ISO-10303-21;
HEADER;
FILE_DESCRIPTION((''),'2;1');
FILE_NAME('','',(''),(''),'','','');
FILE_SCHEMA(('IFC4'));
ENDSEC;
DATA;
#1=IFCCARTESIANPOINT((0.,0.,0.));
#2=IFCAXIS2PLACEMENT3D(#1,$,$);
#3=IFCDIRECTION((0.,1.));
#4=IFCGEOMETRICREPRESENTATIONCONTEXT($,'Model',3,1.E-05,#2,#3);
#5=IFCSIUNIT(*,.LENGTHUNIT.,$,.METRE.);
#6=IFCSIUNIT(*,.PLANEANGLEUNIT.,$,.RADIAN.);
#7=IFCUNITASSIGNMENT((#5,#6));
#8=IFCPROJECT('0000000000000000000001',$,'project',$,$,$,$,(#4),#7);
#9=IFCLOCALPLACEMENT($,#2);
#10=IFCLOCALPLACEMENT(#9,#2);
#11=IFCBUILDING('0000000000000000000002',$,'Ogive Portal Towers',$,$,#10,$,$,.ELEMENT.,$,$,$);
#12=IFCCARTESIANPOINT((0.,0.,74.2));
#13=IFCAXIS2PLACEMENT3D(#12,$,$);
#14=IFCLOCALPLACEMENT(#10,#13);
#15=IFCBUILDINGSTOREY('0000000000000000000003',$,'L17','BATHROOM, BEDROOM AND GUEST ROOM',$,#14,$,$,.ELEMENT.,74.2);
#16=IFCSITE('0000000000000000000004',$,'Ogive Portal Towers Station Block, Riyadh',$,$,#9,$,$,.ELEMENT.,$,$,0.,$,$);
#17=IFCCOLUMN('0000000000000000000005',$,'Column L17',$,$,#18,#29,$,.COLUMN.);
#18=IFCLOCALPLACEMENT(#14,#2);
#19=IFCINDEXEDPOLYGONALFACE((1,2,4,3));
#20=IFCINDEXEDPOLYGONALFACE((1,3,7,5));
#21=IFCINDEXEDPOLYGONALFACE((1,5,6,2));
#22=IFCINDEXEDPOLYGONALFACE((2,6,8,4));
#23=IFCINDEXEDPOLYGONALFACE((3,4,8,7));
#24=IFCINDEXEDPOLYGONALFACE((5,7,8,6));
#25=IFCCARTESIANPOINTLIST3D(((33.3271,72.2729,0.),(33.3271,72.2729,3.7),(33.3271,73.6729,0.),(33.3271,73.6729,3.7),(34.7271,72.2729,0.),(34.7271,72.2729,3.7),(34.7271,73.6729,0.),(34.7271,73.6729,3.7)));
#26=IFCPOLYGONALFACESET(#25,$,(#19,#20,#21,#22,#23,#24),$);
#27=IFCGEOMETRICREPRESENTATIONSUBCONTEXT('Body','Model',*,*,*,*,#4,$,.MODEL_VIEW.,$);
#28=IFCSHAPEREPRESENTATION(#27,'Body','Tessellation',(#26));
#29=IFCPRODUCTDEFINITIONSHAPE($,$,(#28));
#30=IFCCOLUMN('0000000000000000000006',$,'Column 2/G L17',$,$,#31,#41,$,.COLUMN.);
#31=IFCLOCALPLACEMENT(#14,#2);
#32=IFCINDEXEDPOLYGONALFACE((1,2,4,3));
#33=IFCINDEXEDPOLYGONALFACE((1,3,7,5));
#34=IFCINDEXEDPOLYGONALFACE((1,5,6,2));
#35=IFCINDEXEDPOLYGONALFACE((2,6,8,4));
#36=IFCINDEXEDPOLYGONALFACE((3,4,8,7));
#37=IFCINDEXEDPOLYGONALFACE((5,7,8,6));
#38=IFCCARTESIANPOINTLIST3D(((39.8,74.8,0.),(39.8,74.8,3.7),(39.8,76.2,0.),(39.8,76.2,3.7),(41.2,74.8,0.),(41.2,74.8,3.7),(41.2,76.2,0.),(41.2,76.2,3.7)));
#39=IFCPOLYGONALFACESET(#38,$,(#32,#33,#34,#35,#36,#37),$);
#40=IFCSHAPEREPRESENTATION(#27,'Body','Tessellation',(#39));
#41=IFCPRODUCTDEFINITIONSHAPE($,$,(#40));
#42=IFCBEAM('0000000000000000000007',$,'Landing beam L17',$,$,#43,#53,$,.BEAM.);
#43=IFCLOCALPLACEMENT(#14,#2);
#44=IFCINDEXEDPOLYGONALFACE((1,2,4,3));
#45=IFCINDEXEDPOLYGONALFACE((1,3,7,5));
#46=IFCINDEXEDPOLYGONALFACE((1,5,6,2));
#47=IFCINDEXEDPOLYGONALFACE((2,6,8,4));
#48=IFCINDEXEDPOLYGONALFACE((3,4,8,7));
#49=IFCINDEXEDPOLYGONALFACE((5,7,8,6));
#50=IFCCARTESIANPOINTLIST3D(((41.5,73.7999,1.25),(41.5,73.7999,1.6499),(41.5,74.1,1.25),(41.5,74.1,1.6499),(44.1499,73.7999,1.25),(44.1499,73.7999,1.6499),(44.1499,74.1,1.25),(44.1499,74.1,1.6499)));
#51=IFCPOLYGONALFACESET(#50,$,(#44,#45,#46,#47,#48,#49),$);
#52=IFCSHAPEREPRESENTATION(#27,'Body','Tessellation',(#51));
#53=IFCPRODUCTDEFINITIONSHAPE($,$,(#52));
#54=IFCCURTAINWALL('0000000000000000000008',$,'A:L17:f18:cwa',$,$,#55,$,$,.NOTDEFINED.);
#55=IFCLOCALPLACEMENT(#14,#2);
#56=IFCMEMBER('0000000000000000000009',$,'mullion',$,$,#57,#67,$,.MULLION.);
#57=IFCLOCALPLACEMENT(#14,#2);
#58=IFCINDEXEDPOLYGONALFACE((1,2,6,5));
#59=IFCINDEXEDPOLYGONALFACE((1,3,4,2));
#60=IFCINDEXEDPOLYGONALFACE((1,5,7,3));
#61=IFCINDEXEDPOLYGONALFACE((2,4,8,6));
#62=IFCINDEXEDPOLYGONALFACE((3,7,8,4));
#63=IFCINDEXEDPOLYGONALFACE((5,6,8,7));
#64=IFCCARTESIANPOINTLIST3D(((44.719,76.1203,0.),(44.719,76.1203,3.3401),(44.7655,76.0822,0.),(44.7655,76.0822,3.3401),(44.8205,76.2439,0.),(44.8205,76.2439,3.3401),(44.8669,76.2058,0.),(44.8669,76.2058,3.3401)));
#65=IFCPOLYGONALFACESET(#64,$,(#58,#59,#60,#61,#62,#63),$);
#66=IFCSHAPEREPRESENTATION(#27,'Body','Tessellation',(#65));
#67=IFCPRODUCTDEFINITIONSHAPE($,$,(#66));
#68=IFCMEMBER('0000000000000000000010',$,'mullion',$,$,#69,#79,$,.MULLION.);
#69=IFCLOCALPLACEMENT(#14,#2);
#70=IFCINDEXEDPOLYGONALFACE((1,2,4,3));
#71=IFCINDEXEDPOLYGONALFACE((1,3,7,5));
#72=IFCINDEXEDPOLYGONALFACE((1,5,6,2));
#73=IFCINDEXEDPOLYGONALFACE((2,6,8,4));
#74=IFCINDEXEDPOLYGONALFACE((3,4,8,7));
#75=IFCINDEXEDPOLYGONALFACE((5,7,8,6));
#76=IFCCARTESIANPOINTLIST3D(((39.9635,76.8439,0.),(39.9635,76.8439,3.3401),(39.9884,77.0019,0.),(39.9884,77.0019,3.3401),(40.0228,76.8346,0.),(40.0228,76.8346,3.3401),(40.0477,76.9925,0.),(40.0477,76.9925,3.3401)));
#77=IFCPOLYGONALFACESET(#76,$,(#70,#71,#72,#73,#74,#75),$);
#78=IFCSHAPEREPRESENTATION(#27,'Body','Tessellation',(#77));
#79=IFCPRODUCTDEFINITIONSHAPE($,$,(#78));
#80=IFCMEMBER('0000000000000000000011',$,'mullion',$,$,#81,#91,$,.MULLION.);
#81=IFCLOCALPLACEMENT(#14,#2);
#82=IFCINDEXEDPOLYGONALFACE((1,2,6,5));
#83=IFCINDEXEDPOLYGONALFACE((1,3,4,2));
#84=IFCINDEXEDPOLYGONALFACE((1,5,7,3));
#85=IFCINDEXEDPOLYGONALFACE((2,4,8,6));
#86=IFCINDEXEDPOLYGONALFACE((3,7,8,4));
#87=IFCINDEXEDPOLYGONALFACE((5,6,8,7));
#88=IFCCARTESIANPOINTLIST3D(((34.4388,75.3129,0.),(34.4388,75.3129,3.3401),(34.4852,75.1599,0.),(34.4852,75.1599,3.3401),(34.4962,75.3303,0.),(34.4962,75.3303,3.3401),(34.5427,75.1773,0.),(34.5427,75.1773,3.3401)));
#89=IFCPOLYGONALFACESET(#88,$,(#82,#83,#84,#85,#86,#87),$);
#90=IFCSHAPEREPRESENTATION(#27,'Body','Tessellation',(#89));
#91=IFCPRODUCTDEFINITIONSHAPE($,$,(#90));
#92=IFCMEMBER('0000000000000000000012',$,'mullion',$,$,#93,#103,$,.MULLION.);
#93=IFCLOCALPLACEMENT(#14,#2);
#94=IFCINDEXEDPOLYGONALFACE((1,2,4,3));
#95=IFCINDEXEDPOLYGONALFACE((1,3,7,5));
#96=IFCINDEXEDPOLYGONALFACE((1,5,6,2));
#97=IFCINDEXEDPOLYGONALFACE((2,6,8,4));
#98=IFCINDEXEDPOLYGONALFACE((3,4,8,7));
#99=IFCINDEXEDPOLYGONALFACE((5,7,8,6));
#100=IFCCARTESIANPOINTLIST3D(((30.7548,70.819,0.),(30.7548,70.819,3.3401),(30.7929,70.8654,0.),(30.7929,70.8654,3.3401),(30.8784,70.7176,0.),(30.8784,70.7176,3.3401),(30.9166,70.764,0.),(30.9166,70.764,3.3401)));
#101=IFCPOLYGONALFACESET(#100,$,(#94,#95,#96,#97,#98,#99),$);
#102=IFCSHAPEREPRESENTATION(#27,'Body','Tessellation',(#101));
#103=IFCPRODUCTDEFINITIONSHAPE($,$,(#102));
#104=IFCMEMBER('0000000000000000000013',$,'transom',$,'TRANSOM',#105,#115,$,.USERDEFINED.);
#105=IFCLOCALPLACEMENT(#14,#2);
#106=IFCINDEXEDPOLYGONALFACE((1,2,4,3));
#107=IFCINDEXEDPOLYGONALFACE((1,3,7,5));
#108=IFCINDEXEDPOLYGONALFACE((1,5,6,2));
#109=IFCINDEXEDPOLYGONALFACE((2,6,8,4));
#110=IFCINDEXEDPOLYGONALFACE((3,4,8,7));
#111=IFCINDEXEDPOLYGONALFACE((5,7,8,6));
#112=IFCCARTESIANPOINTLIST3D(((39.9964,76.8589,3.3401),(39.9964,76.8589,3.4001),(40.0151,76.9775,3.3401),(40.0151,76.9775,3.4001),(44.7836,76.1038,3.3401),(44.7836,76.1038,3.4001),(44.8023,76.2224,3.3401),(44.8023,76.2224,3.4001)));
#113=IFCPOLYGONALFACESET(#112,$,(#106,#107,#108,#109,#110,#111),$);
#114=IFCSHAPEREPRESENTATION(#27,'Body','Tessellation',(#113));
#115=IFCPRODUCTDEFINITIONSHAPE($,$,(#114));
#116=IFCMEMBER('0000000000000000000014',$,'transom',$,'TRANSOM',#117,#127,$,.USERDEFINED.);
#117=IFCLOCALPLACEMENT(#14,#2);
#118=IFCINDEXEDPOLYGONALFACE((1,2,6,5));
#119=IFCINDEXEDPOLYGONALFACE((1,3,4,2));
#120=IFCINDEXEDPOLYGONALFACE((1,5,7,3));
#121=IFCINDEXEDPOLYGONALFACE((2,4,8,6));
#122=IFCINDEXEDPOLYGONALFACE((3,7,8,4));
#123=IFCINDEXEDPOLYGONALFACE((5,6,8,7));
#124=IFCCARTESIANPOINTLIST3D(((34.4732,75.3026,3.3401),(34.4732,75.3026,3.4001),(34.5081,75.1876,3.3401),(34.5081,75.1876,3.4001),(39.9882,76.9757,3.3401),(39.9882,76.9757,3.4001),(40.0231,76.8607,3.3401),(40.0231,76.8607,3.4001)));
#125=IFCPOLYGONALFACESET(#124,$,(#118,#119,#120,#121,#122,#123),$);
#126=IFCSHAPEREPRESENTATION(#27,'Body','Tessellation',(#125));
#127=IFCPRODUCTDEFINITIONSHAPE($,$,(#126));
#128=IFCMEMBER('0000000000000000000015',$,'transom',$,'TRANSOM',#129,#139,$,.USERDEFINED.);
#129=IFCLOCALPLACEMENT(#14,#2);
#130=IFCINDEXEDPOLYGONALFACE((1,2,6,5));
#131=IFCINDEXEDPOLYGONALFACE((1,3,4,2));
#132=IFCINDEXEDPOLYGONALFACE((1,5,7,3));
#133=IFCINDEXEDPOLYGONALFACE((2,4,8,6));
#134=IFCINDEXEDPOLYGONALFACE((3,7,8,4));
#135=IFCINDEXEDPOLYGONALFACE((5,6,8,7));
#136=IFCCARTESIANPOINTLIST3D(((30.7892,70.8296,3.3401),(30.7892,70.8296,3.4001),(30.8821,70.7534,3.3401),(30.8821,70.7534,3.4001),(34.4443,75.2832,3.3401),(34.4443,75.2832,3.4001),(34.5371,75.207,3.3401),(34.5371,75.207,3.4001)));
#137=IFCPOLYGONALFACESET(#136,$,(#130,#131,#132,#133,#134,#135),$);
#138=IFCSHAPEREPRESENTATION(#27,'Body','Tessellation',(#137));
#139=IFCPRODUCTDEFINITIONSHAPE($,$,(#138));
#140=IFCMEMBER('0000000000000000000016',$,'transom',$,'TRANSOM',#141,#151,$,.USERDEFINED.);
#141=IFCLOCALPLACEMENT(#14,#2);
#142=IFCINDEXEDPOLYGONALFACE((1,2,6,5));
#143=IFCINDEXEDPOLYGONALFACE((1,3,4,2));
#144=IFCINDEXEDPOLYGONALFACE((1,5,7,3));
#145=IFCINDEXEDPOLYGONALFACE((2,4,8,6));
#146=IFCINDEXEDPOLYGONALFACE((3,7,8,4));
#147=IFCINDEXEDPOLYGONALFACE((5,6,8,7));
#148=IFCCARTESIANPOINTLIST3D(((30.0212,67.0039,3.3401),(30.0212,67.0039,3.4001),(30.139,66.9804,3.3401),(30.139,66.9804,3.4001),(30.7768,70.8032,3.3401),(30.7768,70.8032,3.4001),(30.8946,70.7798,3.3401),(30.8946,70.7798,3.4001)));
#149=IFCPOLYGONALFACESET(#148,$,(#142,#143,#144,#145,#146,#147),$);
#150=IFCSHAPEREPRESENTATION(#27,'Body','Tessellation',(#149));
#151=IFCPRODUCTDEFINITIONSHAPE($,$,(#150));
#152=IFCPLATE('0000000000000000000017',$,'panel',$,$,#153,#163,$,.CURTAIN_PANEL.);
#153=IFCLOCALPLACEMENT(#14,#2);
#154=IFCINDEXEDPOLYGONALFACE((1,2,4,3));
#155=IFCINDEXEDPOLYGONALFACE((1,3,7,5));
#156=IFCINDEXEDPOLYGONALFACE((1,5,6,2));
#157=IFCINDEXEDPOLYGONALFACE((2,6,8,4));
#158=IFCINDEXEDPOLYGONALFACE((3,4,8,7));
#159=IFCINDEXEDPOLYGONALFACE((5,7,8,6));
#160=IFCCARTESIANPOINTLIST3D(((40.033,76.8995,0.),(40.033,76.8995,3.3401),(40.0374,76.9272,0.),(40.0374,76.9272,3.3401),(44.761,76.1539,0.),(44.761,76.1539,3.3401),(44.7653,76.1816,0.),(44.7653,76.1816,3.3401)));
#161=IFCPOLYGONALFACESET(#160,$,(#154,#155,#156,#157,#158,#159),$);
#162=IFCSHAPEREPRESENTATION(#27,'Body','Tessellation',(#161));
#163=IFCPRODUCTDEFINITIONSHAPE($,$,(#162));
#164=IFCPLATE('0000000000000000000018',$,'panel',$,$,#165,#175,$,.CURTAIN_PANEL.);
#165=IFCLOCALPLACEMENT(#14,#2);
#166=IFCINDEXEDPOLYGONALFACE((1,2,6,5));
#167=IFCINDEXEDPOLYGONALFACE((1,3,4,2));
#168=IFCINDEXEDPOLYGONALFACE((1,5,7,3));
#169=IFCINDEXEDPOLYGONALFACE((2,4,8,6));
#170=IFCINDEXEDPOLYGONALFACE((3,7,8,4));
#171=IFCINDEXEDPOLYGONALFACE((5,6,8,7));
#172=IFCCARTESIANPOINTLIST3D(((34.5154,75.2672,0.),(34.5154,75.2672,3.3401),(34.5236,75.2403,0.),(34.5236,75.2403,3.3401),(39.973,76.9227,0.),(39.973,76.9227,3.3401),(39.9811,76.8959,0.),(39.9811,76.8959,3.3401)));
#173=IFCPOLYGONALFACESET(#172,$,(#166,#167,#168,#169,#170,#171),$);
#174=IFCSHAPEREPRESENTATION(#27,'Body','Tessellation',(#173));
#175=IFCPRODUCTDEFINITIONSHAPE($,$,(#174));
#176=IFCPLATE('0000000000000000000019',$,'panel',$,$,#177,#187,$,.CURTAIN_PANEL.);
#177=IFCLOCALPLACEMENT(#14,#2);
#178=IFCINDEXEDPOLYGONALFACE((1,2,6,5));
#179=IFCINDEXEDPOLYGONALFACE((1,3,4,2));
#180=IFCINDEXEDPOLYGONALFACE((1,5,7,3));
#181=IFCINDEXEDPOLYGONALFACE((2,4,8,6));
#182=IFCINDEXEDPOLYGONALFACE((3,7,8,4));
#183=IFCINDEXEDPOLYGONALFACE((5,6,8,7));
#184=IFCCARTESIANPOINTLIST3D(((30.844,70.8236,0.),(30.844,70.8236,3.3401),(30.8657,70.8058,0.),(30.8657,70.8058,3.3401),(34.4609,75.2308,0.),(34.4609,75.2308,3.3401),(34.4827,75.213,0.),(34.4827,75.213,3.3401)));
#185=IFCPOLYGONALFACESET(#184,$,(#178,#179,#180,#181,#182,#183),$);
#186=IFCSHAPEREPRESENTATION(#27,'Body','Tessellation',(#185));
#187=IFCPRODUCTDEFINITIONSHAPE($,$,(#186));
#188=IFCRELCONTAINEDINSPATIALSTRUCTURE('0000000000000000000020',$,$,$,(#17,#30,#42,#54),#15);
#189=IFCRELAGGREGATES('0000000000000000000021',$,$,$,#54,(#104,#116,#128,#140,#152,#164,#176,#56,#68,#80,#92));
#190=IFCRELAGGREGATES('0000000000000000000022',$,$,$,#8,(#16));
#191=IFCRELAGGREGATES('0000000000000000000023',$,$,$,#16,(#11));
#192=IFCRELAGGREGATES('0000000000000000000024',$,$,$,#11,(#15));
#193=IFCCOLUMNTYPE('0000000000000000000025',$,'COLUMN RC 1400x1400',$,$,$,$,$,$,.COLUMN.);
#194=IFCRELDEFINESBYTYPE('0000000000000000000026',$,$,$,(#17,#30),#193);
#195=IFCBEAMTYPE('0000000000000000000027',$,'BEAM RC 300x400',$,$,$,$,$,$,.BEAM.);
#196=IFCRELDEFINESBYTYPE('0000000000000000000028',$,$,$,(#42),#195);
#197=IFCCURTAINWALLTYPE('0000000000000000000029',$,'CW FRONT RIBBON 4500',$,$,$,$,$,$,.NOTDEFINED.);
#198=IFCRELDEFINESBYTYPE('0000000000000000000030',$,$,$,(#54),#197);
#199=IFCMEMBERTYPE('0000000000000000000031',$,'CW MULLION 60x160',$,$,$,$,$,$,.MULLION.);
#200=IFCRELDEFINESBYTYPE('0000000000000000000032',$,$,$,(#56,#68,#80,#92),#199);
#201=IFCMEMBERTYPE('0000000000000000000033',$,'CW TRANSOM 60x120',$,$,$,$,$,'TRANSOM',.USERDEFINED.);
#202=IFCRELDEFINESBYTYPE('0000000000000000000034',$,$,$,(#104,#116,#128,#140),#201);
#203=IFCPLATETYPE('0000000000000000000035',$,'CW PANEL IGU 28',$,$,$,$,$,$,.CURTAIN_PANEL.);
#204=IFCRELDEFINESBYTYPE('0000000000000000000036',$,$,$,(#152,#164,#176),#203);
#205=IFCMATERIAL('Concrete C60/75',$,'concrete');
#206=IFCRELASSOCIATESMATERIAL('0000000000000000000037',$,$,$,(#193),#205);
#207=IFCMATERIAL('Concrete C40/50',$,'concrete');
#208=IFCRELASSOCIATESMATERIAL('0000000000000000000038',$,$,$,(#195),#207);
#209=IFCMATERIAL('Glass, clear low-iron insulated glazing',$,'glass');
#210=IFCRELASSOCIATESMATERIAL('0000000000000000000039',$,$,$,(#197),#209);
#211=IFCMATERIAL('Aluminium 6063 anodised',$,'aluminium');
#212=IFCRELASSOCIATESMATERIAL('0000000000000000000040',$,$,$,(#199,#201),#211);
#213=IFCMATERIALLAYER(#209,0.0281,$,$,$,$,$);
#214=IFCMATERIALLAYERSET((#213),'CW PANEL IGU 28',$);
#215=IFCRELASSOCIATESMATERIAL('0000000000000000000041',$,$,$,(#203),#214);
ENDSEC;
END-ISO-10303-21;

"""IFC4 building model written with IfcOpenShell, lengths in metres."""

from ifc_helpers import new_model, si_unit, direction, frame, origin, origin_2d, place, context, subcontext, project, spatial, rectangle, extrude, material, layer, layer_set, material_profile, profile_set, type_object, element, aggregate, save


model = new_model("IFC4")

# Units and contexts
model_context = context("Model", 3, precision=1e-05, world=origin(), true_north=direction((0.0, 1.0)))
body_context = subcontext(model_context, "Body", "Model", "MODEL_VIEW")
ifc_project = project(units=[si_unit("LENGTHUNIT", "METRE"), si_unit("PLANEANGLEUNIT", "RADIAN")], contexts=[model_context])

# Site, building, storey
site_placement = place(None, origin())
site = spatial("IfcSite", under=ifc_project, at=site_placement, Name="Ogive Portal Towers Station Block, Riyadh", CompositionType="ELEMENT", RefElevation=0.0)
building_placement = place(site_placement, origin())
building = spatial("IfcBuilding", under=site, at=building_placement, Name="Ogive Portal Towers", CompositionType="ELEMENT")
storey_placement = place(building_placement, frame((0.0, 0.0, 74.2)))
storey = spatial("IfcBuildingStorey", under=building, at=storey_placement, Name="L17", Description="BATHROOM, BEDROOM AND GUEST ROOM", CompositionType="ELEMENT", Elevation=74.2)

# Columns
ifc_material_1 = material(Name="Concrete C60/75", Category="concrete")
ifc_material_profile_1 = material_profile(ifc_material_1, rectangle(XDim=1.3999, YDim=1.3999, at=origin_2d()), Name="RC 1400x1400")
ifc_profile_set_1 = profile_set([ifc_material_profile_1], Name="Concrete C60/75")
column_type = type_object("IfcColumnType", Name="COLUMN RC 1400x1400", PredefinedType="COLUMN", material=ifc_profile_set_1)
for number, where, z_axis, x_axis, name in (
    (1, (34.0271, 72.9729, 0.0), (0.0, 0.0, 1.0), (1.0, 0.0, 0.0), "Column L17"),
    (2, (40.5, 75.5, 0.0), (0.0, 0.0, 1.0), (1.0, 0.0, 0.0), "Column 2/G L17"),
):
    element("IfcColumn", number, at=place(storey_placement, frame(where, z_axis=z_axis, x_axis=x_axis)), inside=storey, type_object=column_type, Name=name, PredefinedType="COLUMN", context=body_context, shape_type="SweptSolid", body=[
        extrude(rectangle(XDim=1.3999, YDim=1.3999, at=origin_2d()), origin(), (0.0, 0.0, 1.0), 3.7),
    ])

# Beam
ifc_material_2 = material(Name="Concrete C40/50", Category="concrete")
ifc_material_profile_2 = material_profile(ifc_material_2, rectangle(XDim=0.3, YDim=0.3999, at=origin_2d()), Name="RC 300x400")
ifc_profile_set_2 = profile_set([ifc_material_profile_2], Name="Concrete C40/50")
beam_type = type_object("IfcBeamType", Name="BEAM RC 300x400", PredefinedType="BEAM", material=ifc_profile_set_2)
beam_placement = place(storey_placement, frame((41.5, 73.95, 1.45), z_axis=(1.0, 0.0, 0.0), x_axis=(0.0, 1.0, 0.0)))
element("IfcBeam", 3, at=beam_placement, inside=storey, type_object=beam_type, Name="Landing beam L17", PredefinedType="BEAM", context=body_context, shape_type="SweptSolid", body=[
    extrude(rectangle(XDim=0.3, YDim=0.3999, at=origin_2d()), origin(), (0.0, 0.0, 1.0), 2.6499),
])

# Curtain wall, members, plates
ifc_material_3 = material(Name="Glass, clear low-iron insulated glazing", Category="glass")
curtain_wall_type = type_object("IfcCurtainWallType", Name="CW FRONT RIBBON 4500", PredefinedType="NOTDEFINED", material=ifc_material_3)
curtain_wall_placement = place(storey_placement, origin())
curtain_wall = element("IfcCurtainWall", 4, at=curtain_wall_placement, inside=storey, type_object=curtain_wall_type, Name="A:L17:f18:cwa", PredefinedType="NOTDEFINED")
ifc_material_4 = material(Name="Aluminium 6063 anodised", Category="aluminium")
ifc_material_profile_3 = material_profile(ifc_material_4, rectangle(XDim=0.1599, YDim=0.0601, at=origin_2d()), Name="AL 60x160")
ifc_profile_set_3 = profile_set([ifc_material_profile_3], Name="Aluminium 6063 anodised")
member_type_1 = type_object("IfcMemberType", Name="CW MULLION 60x160", PredefinedType="MULLION", material=ifc_profile_set_3)
member_1_placement = place(storey_placement, frame((44.793, 76.1631, 0.0), z_axis=(0.0, 0.0, 1.0), x_axis=(-0.634393, -0.77301, 0.0)))
member_1 = element("IfcMember", 5, at=member_1_placement, type_object=member_type_1, Name="mullion", PredefinedType="MULLION", context=body_context, shape_type="SweptSolid", body=[
    extrude(rectangle(XDim=0.1599, YDim=0.0601, at=origin_2d()), origin(), (0.0, 0.0, 1.0), 3.3401),
])
member_2_placement = place(storey_placement, frame((40.0056, 76.9182, 0.0), z_axis=(0.0, 0.0, 1.0), x_axis=(-0.155777, -0.987792, 0.0)))
member_2 = element("IfcMember", 6, at=member_2_placement, type_object=member_type_1, Name="mullion", PredefinedType="MULLION", context=body_context, shape_type="SweptSolid", body=[
    extrude(rectangle(XDim=0.1599, YDim=0.0601, at=origin_2d()), origin(), (0.0, 0.0, 1.0), 3.3401),
])
member_3_placement = place(storey_placement, frame((34.4907, 75.2451, 0.0), z_axis=(0.0, 0.0, 1.0), x_axis=(0.290285, -0.95694, 0.0)))
member_3 = element("IfcMember", 7, at=member_3_placement, type_object=member_type_1, Name="mullion", PredefinedType="MULLION", context=body_context, shape_type="SweptSolid", body=[
    extrude(rectangle(XDim=0.1599, YDim=0.0601, at=origin_2d()), origin(), (0.0, 0.0, 1.0), 3.3401),
])
member_4_placement = place(storey_placement, frame((30.8357, 70.7915, 0.0), z_axis=(0.0, 0.0, 1.0), x_axis=(0.77301, -0.634393, 0.0)))
member_4 = element("IfcMember", 8, at=member_4_placement, type_object=member_type_1, Name="mullion", PredefinedType="MULLION", context=body_context, shape_type="SweptSolid", body=[
    extrude(rectangle(XDim=0.1599, YDim=0.0601, at=origin_2d()), origin(), (0.0, 0.0, 1.0), 3.3401),
])
ifc_material_profile_4 = material_profile(ifc_material_4, rectangle(XDim=0.1201, YDim=0.0601, at=origin_2d()), Name="AL 120x60")
ifc_profile_set_4 = profile_set([ifc_material_profile_4], Name="Aluminium 6063 anodised")
member_type_2 = type_object("IfcMemberType", Name="CW TRANSOM 60x120", ElementType="TRANSOM", PredefinedType="USERDEFINED", material=ifc_profile_set_4)
member_5_placement = place(storey_placement, frame((44.793, 76.1631, 3.3701), z_axis=(-0.987787, 0.155807, 0.0), x_axis=(-0.155807, -0.987787, 0.0)))
member_5 = element("IfcMember", 9, at=member_5_placement, type_object=member_type_2, Name="transom", ObjectType="TRANSOM", PredefinedType="USERDEFINED", context=body_context, shape_type="SweptSolid", body=[
    extrude(rectangle(XDim=0.1201, YDim=0.0601, at=origin_2d()), origin(), (0.0, 0.0, 1.0), 4.8464),
])
member_6_placement = place(storey_placement, frame((40.0056, 76.9182, 3.3701), z_axis=(-0.956932, -0.290312, 0.0), x_axis=(0.290312, -0.956932, 0.0)))
member_6 = element("IfcMember", 10, at=member_6_placement, type_object=member_type_2, Name="transom", ObjectType="TRANSOM", PredefinedType="USERDEFINED", context=body_context, shape_type="SweptSolid", body=[
    extrude(rectangle(XDim=0.1201, YDim=0.0601, at=origin_2d()), origin(), (0.0, 0.0, 1.0), 5.7632),
])
member_7_placement = place(storey_placement, frame((34.4907, 75.2451, 3.3701), z_axis=(-0.634398, -0.773007, 0.0), x_axis=(0.773007, -0.634398, 0.0)))
member_7 = element("IfcMember", 11, at=member_7_placement, type_object=member_type_2, Name="transom", ObjectType="TRANSOM", PredefinedType="USERDEFINED", context=body_context, shape_type="SweptSolid", body=[
    extrude(rectangle(XDim=0.1201, YDim=0.0601, at=origin_2d()), origin(), (0.0, 0.0, 1.0), 5.7615),
])
member_8_placement = place(storey_placement, frame((30.8357, 70.7915, 3.3701), z_axis=(-0.195062, -0.980791, 0.0), x_axis=(0.980791, -0.195062, 0.0)))
member_8 = element("IfcMember", 12, at=member_8_placement, type_object=member_type_2, Name="transom", ObjectType="TRANSOM", PredefinedType="USERDEFINED", context=body_context, shape_type="SweptSolid", body=[
    extrude(rectangle(XDim=0.1201, YDim=0.0601, at=origin_2d()), origin(), (0.0, 0.0, 1.0), 3.8738),
])
ifc_layer_1 = layer(ifc_material_3, 0.0281)
ifc_layer_set_1 = layer_set([ifc_layer_1], Name="CW PANEL IGU 28")
plate_type = type_object("IfcPlateType", Name="CW PANEL IGU 28", PredefinedType="CURTAIN_PANEL", material=ifc_layer_set_1)
plate_1_placement = place(storey_placement, frame((42.3992, 76.5405, 0.0), z_axis=(0.0, 0.0, 1.0), x_axis=(-0.987792, 0.155777, 0.0)))
plate_1 = element("IfcPlate", 13, at=plate_1_placement, type_object=plate_type, Name="panel", PredefinedType="CURTAIN_PANEL", context=body_context, shape_type="SweptSolid", body=[
    extrude(rectangle(XDim=4.7864, YDim=0.0281, at=origin_2d()), origin(), (0.0, 0.0, 1.0), 3.3401),
])
plate_2_placement = place(storey_placement, frame((37.2483, 76.0815, 0.0), z_axis=(0.0, 0.0, 1.0), x_axis=(-0.95694, -0.290285, 0.0)))
plate_2 = element("IfcPlate", 14, at=plate_2_placement, type_object=plate_type, Name="panel", PredefinedType="CURTAIN_PANEL", context=body_context, shape_type="SweptSolid", body=[
    extrude(rectangle(XDim=5.7031, YDim=0.0281, at=origin_2d()), origin(), (0.0, 0.0, 1.0), 3.3401),
])
plate_3_placement = place(storey_placement, frame((32.6633, 73.0183, 0.0), z_axis=(0.0, 0.0, 1.0), x_axis=(-0.634393, -0.77301, 0.0)))
plate_3 = element("IfcPlate", 15, at=plate_3_placement, type_object=plate_type, Name="panel", PredefinedType="CURTAIN_PANEL", context=body_context, shape_type="SweptSolid", body=[
    extrude(rectangle(XDim=5.7014, YDim=0.0281, at=origin_2d()), origin(), (0.0, 0.0, 1.0), 3.3401),
])
aggregate(curtain_wall, [member_5, member_6, member_7, member_8, plate_1, plate_2, plate_3, member_1, member_2, member_3, member_4])

save(model, "model.ifc")
